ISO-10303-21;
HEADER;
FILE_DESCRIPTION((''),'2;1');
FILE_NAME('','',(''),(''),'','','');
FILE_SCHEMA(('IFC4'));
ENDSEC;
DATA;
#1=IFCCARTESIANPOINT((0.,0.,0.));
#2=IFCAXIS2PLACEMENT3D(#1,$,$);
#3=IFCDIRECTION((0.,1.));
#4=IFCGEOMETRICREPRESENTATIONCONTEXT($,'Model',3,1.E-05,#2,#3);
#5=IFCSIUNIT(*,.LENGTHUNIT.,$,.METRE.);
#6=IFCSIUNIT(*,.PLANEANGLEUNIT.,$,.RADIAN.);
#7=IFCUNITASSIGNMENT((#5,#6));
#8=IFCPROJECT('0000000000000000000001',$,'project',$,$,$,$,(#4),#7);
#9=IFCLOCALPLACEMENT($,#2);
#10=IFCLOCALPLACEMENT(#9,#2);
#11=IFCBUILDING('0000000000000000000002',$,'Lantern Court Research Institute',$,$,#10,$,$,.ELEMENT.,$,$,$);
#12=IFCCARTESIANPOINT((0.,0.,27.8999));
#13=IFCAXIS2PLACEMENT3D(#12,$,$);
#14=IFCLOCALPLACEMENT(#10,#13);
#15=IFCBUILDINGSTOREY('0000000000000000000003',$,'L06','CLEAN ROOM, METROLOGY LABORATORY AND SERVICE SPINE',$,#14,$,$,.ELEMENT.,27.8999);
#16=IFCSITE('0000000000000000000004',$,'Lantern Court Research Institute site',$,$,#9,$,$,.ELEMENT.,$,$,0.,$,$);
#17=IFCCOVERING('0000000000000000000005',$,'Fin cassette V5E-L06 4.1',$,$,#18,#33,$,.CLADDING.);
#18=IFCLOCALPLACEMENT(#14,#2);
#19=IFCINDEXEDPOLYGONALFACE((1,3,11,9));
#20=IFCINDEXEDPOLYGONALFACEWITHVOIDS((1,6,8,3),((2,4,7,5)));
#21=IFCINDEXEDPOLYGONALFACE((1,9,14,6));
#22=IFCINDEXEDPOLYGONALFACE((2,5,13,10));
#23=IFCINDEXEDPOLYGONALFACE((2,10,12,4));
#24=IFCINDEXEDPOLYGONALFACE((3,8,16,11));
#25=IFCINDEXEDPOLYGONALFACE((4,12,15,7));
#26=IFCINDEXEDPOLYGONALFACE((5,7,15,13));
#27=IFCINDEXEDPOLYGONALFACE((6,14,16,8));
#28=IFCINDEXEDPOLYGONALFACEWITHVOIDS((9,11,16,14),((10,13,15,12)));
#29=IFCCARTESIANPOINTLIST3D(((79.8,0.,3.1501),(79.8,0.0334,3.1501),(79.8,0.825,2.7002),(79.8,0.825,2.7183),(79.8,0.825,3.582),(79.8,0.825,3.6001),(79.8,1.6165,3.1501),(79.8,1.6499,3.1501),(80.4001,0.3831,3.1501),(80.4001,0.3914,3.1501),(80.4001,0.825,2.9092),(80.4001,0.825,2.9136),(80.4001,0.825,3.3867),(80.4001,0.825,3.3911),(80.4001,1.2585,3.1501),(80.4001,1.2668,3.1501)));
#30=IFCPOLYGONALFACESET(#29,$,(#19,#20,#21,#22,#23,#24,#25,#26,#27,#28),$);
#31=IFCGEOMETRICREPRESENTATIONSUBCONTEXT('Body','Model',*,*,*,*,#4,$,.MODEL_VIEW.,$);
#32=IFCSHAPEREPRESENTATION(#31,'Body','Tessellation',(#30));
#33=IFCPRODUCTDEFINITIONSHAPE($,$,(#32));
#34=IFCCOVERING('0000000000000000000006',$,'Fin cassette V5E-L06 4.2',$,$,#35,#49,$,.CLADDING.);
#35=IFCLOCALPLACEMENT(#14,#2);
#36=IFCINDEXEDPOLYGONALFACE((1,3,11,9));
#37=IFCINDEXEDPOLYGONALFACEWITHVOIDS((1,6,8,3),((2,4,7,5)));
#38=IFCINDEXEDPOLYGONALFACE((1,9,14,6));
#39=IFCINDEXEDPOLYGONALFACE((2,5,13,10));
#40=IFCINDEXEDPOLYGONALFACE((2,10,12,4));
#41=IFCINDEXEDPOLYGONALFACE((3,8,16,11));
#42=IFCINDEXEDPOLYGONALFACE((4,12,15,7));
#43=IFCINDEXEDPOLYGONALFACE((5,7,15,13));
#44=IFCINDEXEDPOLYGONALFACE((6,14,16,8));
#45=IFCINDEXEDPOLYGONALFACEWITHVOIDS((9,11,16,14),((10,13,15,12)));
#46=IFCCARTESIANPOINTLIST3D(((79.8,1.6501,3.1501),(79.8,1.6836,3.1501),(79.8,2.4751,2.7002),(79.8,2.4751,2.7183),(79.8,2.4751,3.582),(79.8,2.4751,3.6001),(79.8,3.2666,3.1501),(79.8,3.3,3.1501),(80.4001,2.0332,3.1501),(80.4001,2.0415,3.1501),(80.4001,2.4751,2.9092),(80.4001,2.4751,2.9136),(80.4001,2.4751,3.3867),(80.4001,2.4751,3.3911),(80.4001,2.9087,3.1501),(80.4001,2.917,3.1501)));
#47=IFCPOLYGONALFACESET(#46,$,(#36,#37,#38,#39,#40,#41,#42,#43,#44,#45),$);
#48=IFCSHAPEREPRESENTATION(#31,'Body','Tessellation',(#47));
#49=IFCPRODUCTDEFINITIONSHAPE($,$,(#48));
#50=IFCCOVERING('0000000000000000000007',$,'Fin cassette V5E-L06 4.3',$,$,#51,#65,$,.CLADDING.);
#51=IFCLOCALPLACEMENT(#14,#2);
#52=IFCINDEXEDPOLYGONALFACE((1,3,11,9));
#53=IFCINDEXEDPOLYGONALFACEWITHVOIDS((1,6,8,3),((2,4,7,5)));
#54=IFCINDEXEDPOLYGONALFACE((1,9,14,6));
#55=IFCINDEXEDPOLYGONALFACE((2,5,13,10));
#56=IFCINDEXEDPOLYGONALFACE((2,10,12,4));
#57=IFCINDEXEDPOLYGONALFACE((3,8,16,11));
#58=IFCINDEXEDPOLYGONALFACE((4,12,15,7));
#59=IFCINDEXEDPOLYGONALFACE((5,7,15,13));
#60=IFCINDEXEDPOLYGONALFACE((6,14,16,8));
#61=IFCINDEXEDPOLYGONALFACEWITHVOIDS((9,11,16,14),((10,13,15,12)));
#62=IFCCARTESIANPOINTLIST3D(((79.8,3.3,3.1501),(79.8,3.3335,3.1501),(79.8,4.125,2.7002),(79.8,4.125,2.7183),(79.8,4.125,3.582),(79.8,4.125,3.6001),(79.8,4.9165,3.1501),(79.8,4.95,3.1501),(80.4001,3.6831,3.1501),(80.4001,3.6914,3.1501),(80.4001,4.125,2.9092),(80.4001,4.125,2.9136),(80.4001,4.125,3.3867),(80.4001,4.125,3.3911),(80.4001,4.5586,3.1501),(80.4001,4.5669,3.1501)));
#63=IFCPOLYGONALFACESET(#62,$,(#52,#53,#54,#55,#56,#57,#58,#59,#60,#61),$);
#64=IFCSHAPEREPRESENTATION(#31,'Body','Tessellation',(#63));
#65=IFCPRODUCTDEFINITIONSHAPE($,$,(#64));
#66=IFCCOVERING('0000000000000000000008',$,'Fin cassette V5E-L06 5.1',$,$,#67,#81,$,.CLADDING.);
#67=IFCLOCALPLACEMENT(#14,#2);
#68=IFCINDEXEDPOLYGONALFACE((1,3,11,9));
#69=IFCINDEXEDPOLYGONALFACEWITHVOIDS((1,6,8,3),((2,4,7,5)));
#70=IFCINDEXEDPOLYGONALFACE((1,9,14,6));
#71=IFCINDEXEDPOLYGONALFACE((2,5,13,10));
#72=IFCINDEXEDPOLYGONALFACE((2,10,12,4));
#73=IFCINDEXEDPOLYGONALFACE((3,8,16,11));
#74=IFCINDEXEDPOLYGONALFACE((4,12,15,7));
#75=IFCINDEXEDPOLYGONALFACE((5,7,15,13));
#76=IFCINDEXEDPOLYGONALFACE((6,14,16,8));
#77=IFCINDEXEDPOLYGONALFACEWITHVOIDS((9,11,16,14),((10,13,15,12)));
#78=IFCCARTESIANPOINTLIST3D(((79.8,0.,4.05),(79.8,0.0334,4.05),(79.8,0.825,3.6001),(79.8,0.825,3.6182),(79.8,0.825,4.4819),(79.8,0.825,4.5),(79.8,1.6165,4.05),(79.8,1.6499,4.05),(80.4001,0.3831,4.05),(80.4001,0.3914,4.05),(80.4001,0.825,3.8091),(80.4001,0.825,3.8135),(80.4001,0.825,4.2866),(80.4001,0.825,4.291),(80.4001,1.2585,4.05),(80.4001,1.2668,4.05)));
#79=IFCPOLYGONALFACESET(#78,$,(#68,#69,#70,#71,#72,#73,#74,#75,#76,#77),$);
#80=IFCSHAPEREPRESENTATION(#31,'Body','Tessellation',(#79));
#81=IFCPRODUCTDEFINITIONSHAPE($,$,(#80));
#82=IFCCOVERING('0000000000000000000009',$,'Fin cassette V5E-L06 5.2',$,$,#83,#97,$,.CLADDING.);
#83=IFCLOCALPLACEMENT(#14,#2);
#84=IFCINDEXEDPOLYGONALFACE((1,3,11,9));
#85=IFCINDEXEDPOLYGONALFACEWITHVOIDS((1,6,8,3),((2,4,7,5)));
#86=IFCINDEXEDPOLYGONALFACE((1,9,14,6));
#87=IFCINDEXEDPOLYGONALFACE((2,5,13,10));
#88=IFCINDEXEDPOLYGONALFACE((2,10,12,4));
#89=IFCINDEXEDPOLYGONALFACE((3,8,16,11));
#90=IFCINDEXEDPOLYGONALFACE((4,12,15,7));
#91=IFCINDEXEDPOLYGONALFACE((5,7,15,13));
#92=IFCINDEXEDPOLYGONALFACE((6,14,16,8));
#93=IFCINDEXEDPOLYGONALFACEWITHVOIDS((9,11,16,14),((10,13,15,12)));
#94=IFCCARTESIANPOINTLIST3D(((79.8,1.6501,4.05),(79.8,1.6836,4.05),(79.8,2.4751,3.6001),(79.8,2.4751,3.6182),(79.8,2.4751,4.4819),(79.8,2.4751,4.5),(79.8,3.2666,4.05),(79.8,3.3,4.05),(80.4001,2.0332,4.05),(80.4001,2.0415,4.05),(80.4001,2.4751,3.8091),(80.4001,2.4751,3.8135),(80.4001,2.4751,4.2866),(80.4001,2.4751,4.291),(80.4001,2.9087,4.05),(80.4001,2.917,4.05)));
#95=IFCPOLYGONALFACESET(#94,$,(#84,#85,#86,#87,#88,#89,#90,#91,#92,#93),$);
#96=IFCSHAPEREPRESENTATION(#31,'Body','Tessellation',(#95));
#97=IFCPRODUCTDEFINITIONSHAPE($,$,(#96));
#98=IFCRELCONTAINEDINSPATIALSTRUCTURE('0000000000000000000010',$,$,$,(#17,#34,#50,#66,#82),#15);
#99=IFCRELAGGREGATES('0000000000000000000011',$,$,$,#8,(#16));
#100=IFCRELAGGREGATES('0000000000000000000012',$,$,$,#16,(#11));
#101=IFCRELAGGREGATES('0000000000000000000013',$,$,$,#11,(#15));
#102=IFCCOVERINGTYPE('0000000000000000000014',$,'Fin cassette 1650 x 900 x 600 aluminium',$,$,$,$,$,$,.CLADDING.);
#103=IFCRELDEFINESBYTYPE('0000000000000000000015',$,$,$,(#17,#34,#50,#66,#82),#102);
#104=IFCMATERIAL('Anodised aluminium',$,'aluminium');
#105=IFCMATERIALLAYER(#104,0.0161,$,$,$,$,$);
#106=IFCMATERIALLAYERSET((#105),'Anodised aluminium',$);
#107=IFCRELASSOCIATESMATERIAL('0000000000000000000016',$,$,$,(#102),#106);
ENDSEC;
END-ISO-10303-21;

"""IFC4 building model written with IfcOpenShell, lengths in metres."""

from ifc_helpers import new_model, entity, si_unit, direction, frame, origin, place, context, subcontext, project, spatial, material, layer, layer_set, type_object, element, save


model = new_model("IFC4")

# Units and contexts
model_context = context("Model", 3, precision=1e-05, world=origin(), true_north=direction((0.0, 1.0)))
body_context = subcontext(model_context, "Body", "Model", "MODEL_VIEW")
ifc_project = project(units=[si_unit("LENGTHUNIT", "METRE"), si_unit("PLANEANGLEUNIT", "RADIAN")], contexts=[model_context])

# Site, building, storey
site_placement = place(None, origin())
site = spatial("IfcSite", under=ifc_project, at=site_placement, Name="Lantern Court Research Institute site", CompositionType="ELEMENT", RefElevation=0.0)
building_placement = place(site_placement, origin())
building = spatial("IfcBuilding", under=site, at=building_placement, Name="Lantern Court Research Institute", CompositionType="ELEMENT")
storey_placement = place(building_placement, frame((0.0, 0.0, 27.8999)))
storey = spatial("IfcBuildingStorey", under=building, at=storey_placement, Name="L06", Description="CLEAN ROOM, METROLOGY LABORATORY AND SERVICE SPINE", CompositionType="ELEMENT", Elevation=27.8999)

# Coverings
ifc_material_1 = material(Name="Anodised aluminium", Category="aluminium")
ifc_layer_1 = layer(ifc_material_1, 0.0161)
ifc_layer_set_1 = layer_set([ifc_layer_1], Name="Anodised aluminium")
covering_type = type_object("IfcCoveringType", Name="Fin cassette 1650 x 900 x 600 aluminium", PredefinedType="CLADDING", material=ifc_layer_set_1)
covering_1_placement = place(storey_placement, frame((79.8, 0.825, 3.1501), z_axis=(1.0, 0.0, 0.0), x_axis=(0.0, 1.0, 0.0)))
cartesian_point_1 = entity("IfcCartesianPoint", [0.825, 0.0])
cartesian_point_2 = entity("IfcCartesianPoint", [0.7915, 0.0])
cartesian_point_3 = entity("IfcCartesianPoint", [0.4419, 0.0])
cartesian_point_4 = entity("IfcCartesianPoint", [0.4336, 0.0])
element("IfcCovering", 1, at=covering_1_placement, inside=storey, type_object=covering_type, Name="Fin cassette V5E-L06 4.1", PredefinedType="CLADDING", context=body_context, shape_type="SweptSolid", body=[
    entity("IfcExtrudedAreaSolidTapered", entity("IfcArbitraryProfileDefWithVoids", "AREA", None, entity("IfcPolyline", [cartesian_point_1, entity("IfcCartesianPoint", [0.0, 0.45]), entity("IfcCartesianPoint", [-0.825, 0.0]), entity("IfcCartesianPoint", [0.0, -0.45]), cartesian_point_1]), [entity("IfcPolyline", [cartesian_point_2, entity("IfcCartesianPoint", [0.0, 0.4319]), entity("IfcCartesianPoint", [-0.7915, 0.0]), entity("IfcCartesianPoint", [0.0, -0.4319]), cartesian_point_2])]), entity("IfcAxis2Placement3D", entity("IfcCartesianPoint", [0.0, 0.0, 0.0])), entity("IfcDirection", [0.0, 0.0, 1.0]), 0.6001, entity("IfcArbitraryProfileDefWithVoids", "AREA", None, entity("IfcPolyline", [cartesian_point_3, entity("IfcCartesianPoint", [0.0, 0.241]), entity("IfcCartesianPoint", [-0.4419, 0.0]), entity("IfcCartesianPoint", [0.0, -0.241]), cartesian_point_3]), [entity("IfcPolyline", [cartesian_point_4, entity("IfcCartesianPoint", [0.0, 0.2366]), entity("IfcCartesianPoint", [-0.4336, 0.0]), entity("IfcCartesianPoint", [0.0, -0.2366]), cartesian_point_4])])),
])
covering_2_placement = place(storey_placement, frame((79.8, 2.4751, 3.1501), z_axis=(1.0, 0.0, 0.0), x_axis=(0.0, 1.0, 0.0)))
cartesian_point_5 = entity("IfcCartesianPoint", [0.825, 0.0])
cartesian_point_6 = entity("IfcCartesianPoint", [0.7915, 0.0])
cartesian_point_7 = entity("IfcCartesianPoint", [0.4419, 0.0])
cartesian_point_8 = entity("IfcCartesianPoint", [0.4336, 0.0])
element("IfcCovering", 2, at=covering_2_placement, inside=storey, type_object=covering_type, Name="Fin cassette V5E-L06 4.2", PredefinedType="CLADDING", context=body_context, shape_type="SweptSolid", body=[
    entity("IfcExtrudedAreaSolidTapered", entity("IfcArbitraryProfileDefWithVoids", "AREA", None, entity("IfcPolyline", [cartesian_point_5, entity("IfcCartesianPoint", [0.0, 0.45]), entity("IfcCartesianPoint", [-0.825, 0.0]), entity("IfcCartesianPoint", [0.0, -0.45]), cartesian_point_5]), [entity("IfcPolyline", [cartesian_point_6, entity("IfcCartesianPoint", [0.0, 0.4319]), entity("IfcCartesianPoint", [-0.7915, 0.0]), entity("IfcCartesianPoint", [0.0, -0.4319]), cartesian_point_6])]), entity("IfcAxis2Placement3D", entity("IfcCartesianPoint", [0.0, 0.0, 0.0])), entity("IfcDirection", [0.0, 0.0, 1.0]), 0.6001, entity("IfcArbitraryProfileDefWithVoids", "AREA", None, entity("IfcPolyline", [cartesian_point_7, entity("IfcCartesianPoint", [0.0, 0.241]), entity("IfcCartesianPoint", [-0.4419, 0.0]), entity("IfcCartesianPoint", [0.0, -0.241]), cartesian_point_7]), [entity("IfcPolyline", [cartesian_point_8, entity("IfcCartesianPoint", [0.0, 0.2366]), entity("IfcCartesianPoint", [-0.4336, 0.0]), entity("IfcCartesianPoint", [0.0, -0.2366]), cartesian_point_8])])),
])
covering_3_placement = place(storey_placement, frame((79.8, 4.125, 3.1501), z_axis=(1.0, 0.0, 0.0), x_axis=(0.0, 1.0, 0.0)))
cartesian_point_9 = entity("IfcCartesianPoint", [0.825, 0.0])
cartesian_point_10 = entity("IfcCartesianPoint", [0.7915, 0.0])
cartesian_point_11 = entity("IfcCartesianPoint", [0.4419, 0.0])
cartesian_point_12 = entity("IfcCartesianPoint", [0.4336, 0.0])
element("IfcCovering", 3, at=covering_3_placement, inside=storey, type_object=covering_type, Name="Fin cassette V5E-L06 4.3", PredefinedType="CLADDING", context=body_context, shape_type="SweptSolid", body=[
    entity("IfcExtrudedAreaSolidTapered", entity("IfcArbitraryProfileDefWithVoids", "AREA", None, entity("IfcPolyline", [cartesian_point_9, entity("IfcCartesianPoint", [0.0, 0.45]), entity("IfcCartesianPoint", [-0.825, 0.0]), entity("IfcCartesianPoint", [0.0, -0.45]), cartesian_point_9]), [entity("IfcPolyline", [cartesian_point_10, entity("IfcCartesianPoint", [0.0, 0.4319]), entity("IfcCartesianPoint", [-0.7915, 0.0]), entity("IfcCartesianPoint", [0.0, -0.4319]), cartesian_point_10])]), entity("IfcAxis2Placement3D", entity("IfcCartesianPoint", [0.0, 0.0, 0.0])), entity("IfcDirection", [0.0, 0.0, 1.0]), 0.6001, entity("IfcArbitraryProfileDefWithVoids", "AREA", None, entity("IfcPolyline", [cartesian_point_11, entity("IfcCartesianPoint", [0.0, 0.241]), entity("IfcCartesianPoint", [-0.4419, 0.0]), entity("IfcCartesianPoint", [0.0, -0.241]), cartesian_point_11]), [entity("IfcPolyline", [cartesian_point_12, entity("IfcCartesianPoint", [0.0, 0.2366]), entity("IfcCartesianPoint", [-0.4336, 0.0]), entity("IfcCartesianPoint", [0.0, -0.2366]), cartesian_point_12])])),
])
covering_4_placement = place(storey_placement, frame((79.8, 0.825, 4.05), z_axis=(1.0, 0.0, 0.0), x_axis=(0.0, 1.0, 0.0)))
cartesian_point_13 = entity("IfcCartesianPoint", [0.825, 0.0])
cartesian_point_14 = entity("IfcCartesianPoint", [0.7915, 0.0])
cartesian_point_15 = entity("IfcCartesianPoint", [0.4419, 0.0])
cartesian_point_16 = entity("IfcCartesianPoint", [0.4336, 0.0])
element("IfcCovering", 4, at=covering_4_placement, inside=storey, type_object=covering_type, Name="Fin cassette V5E-L06 5.1", PredefinedType="CLADDING", context=body_context, shape_type="SweptSolid", body=[
    entity("IfcExtrudedAreaSolidTapered", entity("IfcArbitraryProfileDefWithVoids", "AREA", None, entity("IfcPolyline", [cartesian_point_13, entity("IfcCartesianPoint", [0.0, 0.45]), entity("IfcCartesianPoint", [-0.825, 0.0]), entity("IfcCartesianPoint", [0.0, -0.45]), cartesian_point_13]), [entity("IfcPolyline", [cartesian_point_14, entity("IfcCartesianPoint", [0.0, 0.4319]), entity("IfcCartesianPoint", [-0.7915, 0.0]), entity("IfcCartesianPoint", [0.0, -0.4319]), cartesian_point_14])]), entity("IfcAxis2Placement3D", entity("IfcCartesianPoint", [0.0, 0.0, 0.0])), entity("IfcDirection", [0.0, 0.0, 1.0]), 0.6001, entity("IfcArbitraryProfileDefWithVoids", "AREA", None, entity("IfcPolyline", [cartesian_point_15, entity("IfcCartesianPoint", [0.0, 0.241]), entity("IfcCartesianPoint", [-0.4419, 0.0]), entity("IfcCartesianPoint", [0.0, -0.241]), cartesian_point_15]), [entity("IfcPolyline", [cartesian_point_16, entity("IfcCartesianPoint", [0.0, 0.2366]), entity("IfcCartesianPoint", [-0.4336, 0.0]), entity("IfcCartesianPoint", [0.0, -0.2366]), cartesian_point_16])])),
])
covering_5_placement = place(storey_placement, frame((79.8, 2.4751, 4.05), z_axis=(1.0, 0.0, 0.0), x_axis=(0.0, 1.0, 0.0)))
cartesian_point_17 = entity("IfcCartesianPoint", [0.825, 0.0])
cartesian_point_18 = entity("IfcCartesianPoint", [0.7915, 0.0])
cartesian_point_19 = entity("IfcCartesianPoint", [0.4419, 0.0])
cartesian_point_20 = entity("IfcCartesianPoint", [0.4336, 0.0])
element("IfcCovering", 5, at=covering_5_placement, inside=storey, type_object=covering_type, Name="Fin cassette V5E-L06 5.2", PredefinedType="CLADDING", context=body_context, shape_type="SweptSolid", body=[
    entity("IfcExtrudedAreaSolidTapered", entity("IfcArbitraryProfileDefWithVoids", "AREA", None, entity("IfcPolyline", [cartesian_point_17, entity("IfcCartesianPoint", [0.0, 0.45]), entity("IfcCartesianPoint", [-0.825, 0.0]), entity("IfcCartesianPoint", [0.0, -0.45]), cartesian_point_17]), [entity("IfcPolyline", [cartesian_point_18, entity("IfcCartesianPoint", [0.0, 0.4319]), entity("IfcCartesianPoint", [-0.7915, 0.0]), entity("IfcCartesianPoint", [0.0, -0.4319]), cartesian_point_18])]), entity("IfcAxis2Placement3D", entity("IfcCartesianPoint", [0.0, 0.0, 0.0])), entity("IfcDirection", [0.0, 0.0, 1.0]), 0.6001, entity("IfcArbitraryProfileDefWithVoids", "AREA", None, entity("IfcPolyline", [cartesian_point_19, entity("IfcCartesianPoint", [0.0, 0.241]), entity("IfcCartesianPoint", [-0.4419, 0.0]), entity("IfcCartesianPoint", [0.0, -0.241]), cartesian_point_19]), [entity("IfcPolyline", [cartesian_point_20, entity("IfcCartesianPoint", [0.0, 0.2366]), entity("IfcCartesianPoint", [-0.4336, 0.0]), entity("IfcCartesianPoint", [0.0, -0.2366]), cartesian_point_20])])),
])

save(model, "model.ifc")
